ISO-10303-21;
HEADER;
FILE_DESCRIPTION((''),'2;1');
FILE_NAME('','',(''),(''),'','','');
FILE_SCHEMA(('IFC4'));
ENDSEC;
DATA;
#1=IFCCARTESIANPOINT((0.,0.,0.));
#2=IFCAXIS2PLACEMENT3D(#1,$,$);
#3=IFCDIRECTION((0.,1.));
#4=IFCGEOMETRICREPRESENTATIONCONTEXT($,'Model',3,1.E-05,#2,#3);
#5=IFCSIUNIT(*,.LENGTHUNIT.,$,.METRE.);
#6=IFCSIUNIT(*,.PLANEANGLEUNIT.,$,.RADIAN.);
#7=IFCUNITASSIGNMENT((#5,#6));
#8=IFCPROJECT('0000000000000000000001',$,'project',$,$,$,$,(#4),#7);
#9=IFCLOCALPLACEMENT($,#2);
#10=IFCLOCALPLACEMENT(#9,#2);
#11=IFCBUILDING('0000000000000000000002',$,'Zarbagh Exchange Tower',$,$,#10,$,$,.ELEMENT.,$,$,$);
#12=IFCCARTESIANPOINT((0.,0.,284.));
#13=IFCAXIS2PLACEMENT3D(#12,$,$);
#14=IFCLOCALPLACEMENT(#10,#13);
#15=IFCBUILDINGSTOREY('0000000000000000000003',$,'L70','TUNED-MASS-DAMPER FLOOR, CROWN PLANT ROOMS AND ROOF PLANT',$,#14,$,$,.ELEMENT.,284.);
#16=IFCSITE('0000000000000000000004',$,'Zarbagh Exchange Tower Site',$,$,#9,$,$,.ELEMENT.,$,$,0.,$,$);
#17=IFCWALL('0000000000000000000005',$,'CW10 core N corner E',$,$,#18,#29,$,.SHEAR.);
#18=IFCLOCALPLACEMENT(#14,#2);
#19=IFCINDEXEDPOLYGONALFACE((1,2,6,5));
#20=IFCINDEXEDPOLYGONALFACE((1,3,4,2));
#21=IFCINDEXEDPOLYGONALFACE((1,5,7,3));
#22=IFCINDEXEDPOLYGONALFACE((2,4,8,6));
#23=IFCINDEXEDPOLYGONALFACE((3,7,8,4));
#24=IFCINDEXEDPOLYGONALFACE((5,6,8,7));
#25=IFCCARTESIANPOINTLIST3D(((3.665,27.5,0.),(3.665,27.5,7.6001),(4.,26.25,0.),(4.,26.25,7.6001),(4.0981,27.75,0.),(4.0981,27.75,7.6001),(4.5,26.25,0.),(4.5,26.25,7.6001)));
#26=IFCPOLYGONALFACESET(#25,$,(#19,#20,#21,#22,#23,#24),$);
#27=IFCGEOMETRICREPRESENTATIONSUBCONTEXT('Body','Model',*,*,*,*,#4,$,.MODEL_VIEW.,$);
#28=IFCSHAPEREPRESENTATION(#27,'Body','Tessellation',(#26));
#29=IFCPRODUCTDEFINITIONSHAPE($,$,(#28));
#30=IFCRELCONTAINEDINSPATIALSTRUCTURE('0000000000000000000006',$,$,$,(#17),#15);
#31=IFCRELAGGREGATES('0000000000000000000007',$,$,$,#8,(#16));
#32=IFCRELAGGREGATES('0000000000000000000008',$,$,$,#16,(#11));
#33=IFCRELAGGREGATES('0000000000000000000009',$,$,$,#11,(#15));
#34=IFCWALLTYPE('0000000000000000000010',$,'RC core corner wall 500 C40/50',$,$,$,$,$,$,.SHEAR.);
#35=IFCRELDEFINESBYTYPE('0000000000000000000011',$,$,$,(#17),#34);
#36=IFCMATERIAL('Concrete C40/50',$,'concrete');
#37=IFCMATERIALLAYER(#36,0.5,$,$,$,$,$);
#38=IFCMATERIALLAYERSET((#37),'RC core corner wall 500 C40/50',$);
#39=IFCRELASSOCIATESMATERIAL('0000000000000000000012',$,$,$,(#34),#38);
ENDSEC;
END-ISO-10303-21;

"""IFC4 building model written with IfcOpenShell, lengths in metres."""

from ifc_helpers import new_model, si_unit, direction, frame, origin, place, context, subcontext, project, spatial, polyline, outline, extrude, material, layer, layer_set, type_object, element, save


model = new_model("IFC4")

# Units and contexts
model_context = context("Model", 3, precision=1e-05, world=origin(), true_north=direction((0.0, 1.0)))
body_context = subcontext(model_context, "Body", "Model", "MODEL_VIEW")
ifc_project = project(units=[si_unit("LENGTHUNIT", "METRE"), si_unit("PLANEANGLEUNIT", "RADIAN")], contexts=[model_context])

# Site, building, storey
site_placement = place(None, origin())
site = spatial("IfcSite", under=ifc_project, at=site_placement, Name="Zarbagh Exchange Tower Site", CompositionType="ELEMENT", RefElevation=0.0)
building_placement = place(site_placement, origin())
building = spatial("IfcBuilding", under=site, at=building_placement, Name="Zarbagh Exchange Tower", CompositionType="ELEMENT")
storey_placement = place(building_placement, frame((0.0, 0.0, 284.0)))
storey = spatial("IfcBuildingStorey", under=building, at=storey_placement, Name="L70", Description="TUNED-MASS-DAMPER FLOOR, CROWN PLANT ROOMS AND ROOF PLANT", CompositionType="ELEMENT", Elevation=284.0)

# Shared definitions
ifc_material_1 = material(Name="Concrete C40/50", Category="concrete")

# Wall
ifc_layer_1 = layer(ifc_material_1, 0.5)
ifc_layer_set_1 = layer_set([ifc_layer_1], Name="RC core corner wall 500 C40/50")
wall_type = type_object("IfcWallType", Name="RC core corner wall 500 C40/50", PredefinedType="SHEAR", material=ifc_layer_set_1)
wall_1_placement = place(storey_placement, origin())
element("IfcWall", 1, at=wall_1_placement, inside=storey, type_object=wall_type, Name="CW10 core N corner E", PredefinedType="SHEAR", context=body_context, shape_type="SweptSolid", body=[
    extrude(outline(polyline([(4.5, 26.25), (4.0981, 27.75), (3.665, 27.5), (4.0, 26.25), (4.5, 26.25)])), origin(), (0.0, 0.0, 1.0), 7.6001),
])

save(model, "model.ifc")
